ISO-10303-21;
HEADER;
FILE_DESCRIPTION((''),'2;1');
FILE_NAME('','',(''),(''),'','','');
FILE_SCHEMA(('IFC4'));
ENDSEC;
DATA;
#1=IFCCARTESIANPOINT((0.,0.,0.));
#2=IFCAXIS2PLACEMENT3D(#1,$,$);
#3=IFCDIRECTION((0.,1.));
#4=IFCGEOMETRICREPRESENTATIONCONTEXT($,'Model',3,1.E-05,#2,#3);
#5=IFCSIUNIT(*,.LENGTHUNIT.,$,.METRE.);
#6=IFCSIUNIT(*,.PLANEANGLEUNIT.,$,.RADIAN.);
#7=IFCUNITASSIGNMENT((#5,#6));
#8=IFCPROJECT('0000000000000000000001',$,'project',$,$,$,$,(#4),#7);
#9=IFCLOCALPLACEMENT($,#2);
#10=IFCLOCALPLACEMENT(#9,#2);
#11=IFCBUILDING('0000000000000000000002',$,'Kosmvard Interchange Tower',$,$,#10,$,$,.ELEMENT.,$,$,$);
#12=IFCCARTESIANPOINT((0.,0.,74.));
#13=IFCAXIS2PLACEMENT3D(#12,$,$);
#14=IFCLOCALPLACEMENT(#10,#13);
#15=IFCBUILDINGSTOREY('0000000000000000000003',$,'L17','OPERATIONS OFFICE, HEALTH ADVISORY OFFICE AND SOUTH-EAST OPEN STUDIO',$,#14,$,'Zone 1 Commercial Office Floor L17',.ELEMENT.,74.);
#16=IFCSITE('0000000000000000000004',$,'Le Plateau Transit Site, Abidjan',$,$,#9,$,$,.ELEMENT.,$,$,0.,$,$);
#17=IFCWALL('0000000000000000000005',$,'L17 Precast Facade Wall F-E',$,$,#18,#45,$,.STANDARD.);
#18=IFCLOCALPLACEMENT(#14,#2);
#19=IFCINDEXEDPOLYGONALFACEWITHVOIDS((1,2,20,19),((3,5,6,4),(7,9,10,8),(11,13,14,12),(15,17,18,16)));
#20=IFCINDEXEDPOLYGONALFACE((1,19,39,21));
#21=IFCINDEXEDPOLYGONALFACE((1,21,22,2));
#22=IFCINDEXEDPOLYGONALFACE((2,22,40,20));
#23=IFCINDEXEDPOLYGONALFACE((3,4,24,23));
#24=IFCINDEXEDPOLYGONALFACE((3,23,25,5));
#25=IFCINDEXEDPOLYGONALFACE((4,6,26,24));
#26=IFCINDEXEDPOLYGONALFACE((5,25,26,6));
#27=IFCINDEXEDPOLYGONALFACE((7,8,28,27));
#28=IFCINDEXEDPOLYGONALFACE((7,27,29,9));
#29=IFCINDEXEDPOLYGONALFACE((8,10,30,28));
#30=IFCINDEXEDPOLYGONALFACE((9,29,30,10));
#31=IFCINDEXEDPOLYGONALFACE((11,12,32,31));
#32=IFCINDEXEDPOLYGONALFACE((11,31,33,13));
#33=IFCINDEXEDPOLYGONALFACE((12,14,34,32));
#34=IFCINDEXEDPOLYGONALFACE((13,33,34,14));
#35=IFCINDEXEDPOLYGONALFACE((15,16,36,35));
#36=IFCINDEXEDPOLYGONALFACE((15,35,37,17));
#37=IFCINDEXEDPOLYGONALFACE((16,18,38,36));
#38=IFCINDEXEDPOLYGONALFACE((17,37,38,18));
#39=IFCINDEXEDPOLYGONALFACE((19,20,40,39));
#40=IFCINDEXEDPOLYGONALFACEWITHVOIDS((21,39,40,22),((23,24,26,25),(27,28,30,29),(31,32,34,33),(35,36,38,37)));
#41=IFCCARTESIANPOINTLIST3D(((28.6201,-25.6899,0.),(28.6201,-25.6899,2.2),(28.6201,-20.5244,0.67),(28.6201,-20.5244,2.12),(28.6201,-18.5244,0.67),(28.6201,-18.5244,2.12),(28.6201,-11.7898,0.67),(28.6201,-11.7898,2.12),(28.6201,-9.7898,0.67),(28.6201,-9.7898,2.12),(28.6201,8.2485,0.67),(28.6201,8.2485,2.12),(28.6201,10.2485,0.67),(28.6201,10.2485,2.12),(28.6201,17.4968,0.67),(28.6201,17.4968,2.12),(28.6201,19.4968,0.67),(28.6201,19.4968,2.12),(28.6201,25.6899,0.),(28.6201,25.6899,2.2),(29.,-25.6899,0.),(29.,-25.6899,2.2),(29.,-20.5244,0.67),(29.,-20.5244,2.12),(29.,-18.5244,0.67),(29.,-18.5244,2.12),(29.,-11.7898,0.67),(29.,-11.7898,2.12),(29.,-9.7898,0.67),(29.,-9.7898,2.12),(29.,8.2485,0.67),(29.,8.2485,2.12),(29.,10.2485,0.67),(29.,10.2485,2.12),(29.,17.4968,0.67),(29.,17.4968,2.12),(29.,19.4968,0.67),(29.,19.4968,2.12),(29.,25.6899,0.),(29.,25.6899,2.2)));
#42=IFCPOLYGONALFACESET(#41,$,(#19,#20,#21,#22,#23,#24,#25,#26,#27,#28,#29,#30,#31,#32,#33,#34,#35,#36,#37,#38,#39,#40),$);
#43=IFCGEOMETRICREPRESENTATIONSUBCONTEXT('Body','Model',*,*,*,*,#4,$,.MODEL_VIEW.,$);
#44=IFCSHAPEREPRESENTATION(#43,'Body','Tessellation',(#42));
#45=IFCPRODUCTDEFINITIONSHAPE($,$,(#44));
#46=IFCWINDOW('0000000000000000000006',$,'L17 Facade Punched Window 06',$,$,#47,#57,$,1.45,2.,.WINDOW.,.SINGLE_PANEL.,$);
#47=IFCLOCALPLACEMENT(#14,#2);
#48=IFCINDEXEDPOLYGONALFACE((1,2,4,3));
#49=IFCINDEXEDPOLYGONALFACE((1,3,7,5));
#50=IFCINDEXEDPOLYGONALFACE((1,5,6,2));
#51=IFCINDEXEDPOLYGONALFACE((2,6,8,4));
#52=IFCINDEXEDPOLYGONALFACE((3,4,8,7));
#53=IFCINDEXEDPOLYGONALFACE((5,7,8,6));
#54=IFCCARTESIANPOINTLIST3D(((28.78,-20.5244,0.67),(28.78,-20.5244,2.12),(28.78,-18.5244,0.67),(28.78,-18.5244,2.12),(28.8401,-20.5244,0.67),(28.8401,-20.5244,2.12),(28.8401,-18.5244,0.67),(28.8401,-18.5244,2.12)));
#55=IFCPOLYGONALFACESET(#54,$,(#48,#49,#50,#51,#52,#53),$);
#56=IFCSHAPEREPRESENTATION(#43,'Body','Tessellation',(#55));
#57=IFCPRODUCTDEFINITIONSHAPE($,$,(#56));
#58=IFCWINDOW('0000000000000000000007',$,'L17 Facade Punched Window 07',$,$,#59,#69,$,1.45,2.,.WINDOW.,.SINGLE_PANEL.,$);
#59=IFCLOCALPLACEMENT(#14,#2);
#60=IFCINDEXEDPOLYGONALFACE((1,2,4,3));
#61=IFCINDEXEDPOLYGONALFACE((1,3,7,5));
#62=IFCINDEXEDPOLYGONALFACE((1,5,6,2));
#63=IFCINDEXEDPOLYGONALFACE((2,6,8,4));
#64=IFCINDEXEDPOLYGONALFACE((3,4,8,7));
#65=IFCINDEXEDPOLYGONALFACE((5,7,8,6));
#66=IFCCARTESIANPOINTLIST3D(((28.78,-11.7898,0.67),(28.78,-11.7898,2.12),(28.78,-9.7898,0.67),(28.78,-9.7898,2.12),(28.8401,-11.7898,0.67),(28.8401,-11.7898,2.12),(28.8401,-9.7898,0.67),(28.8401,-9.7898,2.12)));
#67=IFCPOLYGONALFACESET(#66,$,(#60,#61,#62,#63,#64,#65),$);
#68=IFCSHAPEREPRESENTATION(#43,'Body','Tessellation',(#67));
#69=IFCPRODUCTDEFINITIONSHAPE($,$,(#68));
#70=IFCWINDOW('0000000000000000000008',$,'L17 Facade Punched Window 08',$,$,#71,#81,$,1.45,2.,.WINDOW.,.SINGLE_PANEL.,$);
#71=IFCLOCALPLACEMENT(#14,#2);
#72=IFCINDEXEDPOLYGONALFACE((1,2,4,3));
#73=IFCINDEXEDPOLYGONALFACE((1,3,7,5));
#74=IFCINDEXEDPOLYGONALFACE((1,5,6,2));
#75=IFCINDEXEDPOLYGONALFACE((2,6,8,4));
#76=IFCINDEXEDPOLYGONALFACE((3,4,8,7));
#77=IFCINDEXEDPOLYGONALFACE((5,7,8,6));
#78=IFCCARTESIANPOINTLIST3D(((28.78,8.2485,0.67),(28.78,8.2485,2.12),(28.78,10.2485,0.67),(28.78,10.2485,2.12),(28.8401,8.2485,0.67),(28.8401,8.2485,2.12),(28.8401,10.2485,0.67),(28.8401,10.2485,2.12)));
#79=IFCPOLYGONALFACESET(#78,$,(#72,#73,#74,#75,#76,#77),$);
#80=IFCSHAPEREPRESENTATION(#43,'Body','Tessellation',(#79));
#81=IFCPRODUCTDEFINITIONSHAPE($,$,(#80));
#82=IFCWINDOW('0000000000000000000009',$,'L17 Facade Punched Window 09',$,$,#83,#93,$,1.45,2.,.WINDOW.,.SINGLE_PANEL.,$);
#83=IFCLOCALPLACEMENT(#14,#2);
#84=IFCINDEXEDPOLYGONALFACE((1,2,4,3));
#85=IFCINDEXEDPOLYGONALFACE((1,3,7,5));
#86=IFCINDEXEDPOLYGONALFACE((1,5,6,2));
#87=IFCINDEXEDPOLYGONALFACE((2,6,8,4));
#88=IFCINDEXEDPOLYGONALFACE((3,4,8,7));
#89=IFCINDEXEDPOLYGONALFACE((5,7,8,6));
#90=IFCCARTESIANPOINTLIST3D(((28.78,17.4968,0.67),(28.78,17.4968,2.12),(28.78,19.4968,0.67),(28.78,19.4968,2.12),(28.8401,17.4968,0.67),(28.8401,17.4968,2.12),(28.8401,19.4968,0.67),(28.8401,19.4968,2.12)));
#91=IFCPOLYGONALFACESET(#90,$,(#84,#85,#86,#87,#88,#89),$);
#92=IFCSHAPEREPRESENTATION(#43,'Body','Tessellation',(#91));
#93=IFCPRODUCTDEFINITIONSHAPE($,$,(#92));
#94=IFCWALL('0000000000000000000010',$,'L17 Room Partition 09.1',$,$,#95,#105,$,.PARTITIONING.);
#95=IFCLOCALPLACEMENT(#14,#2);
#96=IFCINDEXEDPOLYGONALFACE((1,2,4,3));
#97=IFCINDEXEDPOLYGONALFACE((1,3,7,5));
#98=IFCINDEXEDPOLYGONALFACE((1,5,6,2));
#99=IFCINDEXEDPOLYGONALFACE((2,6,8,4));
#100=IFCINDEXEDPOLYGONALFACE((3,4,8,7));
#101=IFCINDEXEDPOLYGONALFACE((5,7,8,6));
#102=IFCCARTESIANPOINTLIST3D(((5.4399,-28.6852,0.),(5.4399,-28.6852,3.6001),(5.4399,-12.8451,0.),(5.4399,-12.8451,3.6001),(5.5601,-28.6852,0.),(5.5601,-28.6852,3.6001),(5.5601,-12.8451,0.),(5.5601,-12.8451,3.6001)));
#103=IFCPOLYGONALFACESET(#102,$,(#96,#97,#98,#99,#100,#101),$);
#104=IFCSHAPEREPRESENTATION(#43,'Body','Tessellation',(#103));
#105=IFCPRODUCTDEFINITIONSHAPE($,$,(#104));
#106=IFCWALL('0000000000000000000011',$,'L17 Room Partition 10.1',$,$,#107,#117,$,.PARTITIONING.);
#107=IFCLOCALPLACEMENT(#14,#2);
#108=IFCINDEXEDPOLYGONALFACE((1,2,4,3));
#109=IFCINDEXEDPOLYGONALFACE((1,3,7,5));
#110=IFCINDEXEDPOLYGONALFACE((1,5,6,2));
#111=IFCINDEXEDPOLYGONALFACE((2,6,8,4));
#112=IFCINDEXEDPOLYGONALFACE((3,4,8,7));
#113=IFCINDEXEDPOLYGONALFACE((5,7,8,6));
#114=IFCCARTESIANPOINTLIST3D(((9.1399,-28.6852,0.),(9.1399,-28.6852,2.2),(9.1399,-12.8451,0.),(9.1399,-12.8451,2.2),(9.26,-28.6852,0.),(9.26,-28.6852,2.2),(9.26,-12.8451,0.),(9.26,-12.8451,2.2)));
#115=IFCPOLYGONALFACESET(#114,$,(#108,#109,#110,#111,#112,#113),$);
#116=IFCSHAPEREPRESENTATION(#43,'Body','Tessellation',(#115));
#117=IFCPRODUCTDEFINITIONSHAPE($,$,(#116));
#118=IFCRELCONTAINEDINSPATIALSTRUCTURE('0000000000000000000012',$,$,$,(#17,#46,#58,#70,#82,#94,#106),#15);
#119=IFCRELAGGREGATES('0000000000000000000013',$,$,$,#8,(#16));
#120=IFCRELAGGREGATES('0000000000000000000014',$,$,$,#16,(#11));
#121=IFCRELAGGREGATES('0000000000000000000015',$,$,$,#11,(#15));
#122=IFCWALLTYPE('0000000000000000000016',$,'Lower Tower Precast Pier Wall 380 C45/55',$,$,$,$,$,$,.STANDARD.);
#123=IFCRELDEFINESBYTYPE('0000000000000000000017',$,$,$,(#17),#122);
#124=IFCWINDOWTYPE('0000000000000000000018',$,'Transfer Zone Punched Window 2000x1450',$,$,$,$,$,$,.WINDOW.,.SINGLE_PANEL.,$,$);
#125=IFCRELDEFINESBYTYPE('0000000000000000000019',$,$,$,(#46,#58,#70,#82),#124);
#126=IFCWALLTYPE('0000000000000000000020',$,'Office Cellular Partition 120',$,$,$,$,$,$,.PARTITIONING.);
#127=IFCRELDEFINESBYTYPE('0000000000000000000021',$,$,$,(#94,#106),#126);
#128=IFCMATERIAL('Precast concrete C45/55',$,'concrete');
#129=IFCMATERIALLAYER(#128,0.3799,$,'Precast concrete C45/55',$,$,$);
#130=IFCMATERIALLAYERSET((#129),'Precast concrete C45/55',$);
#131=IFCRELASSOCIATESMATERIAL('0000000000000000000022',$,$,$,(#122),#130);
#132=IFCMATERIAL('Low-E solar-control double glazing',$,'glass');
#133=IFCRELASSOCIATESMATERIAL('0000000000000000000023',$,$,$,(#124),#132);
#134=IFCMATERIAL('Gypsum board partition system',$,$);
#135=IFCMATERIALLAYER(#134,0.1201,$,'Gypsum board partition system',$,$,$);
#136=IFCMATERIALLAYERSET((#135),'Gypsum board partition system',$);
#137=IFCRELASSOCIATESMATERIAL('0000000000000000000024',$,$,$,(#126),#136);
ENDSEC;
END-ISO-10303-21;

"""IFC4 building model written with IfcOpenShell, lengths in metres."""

from ifc_helpers import new_model, si_unit, direction, frame, frame_2d, origin, place, context, subcontext, project, spatial, rectangle, extrude, source, transform, mapped, material, layer, layer_set, type_object, element, fill, save


model = new_model("IFC4")

# Units and contexts
model_context = context("Model", 3, precision=1e-05, world=origin(), true_north=direction((0.0, 1.0)))
body_context = subcontext(model_context, "Body", "Model", "MODEL_VIEW")
ifc_project = project(units=[si_unit("LENGTHUNIT", "METRE"), si_unit("PLANEANGLEUNIT", "RADIAN")], contexts=[model_context])

# Site, building, storey
site_placement = place(None, origin())
site = spatial("IfcSite", under=ifc_project, at=site_placement, Name="Le Plateau Transit Site, Abidjan", CompositionType="ELEMENT", RefElevation=0.0)
building_placement = place(site_placement, origin())
building = spatial("IfcBuilding", under=site, at=building_placement, Name="Kosmvard Interchange Tower", CompositionType="ELEMENT")
storey_placement = place(building_placement, frame((0.0, 0.0, 74.0)))
storey = spatial("IfcBuildingStorey", under=building, at=storey_placement, Name="L17", Description="OPERATIONS OFFICE, HEALTH ADVISORY OFFICE AND SOUTH-EAST OPEN STUDIO", LongName="Zone 1 Commercial Office Floor L17", CompositionType="ELEMENT", Elevation=74.0)

# Shared definitions
ifc_material_1 = material(Name="Precast concrete C45/55", Category="concrete")

# Shared definitions
ifc_layer_1 = layer(ifc_material_1, 0.3799, Name="Precast concrete C45/55")
ifc_layer_set_1 = layer_set([ifc_layer_1], Name="Precast concrete C45/55")
wall_type_1 = type_object("IfcWallType", Name="Lower Tower Precast Pier Wall 380 C45/55", PredefinedType="STANDARD", material=ifc_layer_set_1)

# Wall, openings, windows
wall_1_placement = place(storey_placement, frame((28.8101, -25.6899, 0.0), z_axis=(0.0, 0.0, 1.0), x_axis=(0.0, 1.0, 0.0)))
wall_1 = element("IfcWall", 1, at=wall_1_placement, inside=storey, type_object=wall_type_1, Name="L17 Precast Facade Wall F-E", PredefinedType="STANDARD", context=body_context, shape_type="SweptSolid", body=[
    extrude(rectangle(XDim=51.3799, YDim=0.3799, at=frame_2d((25.6899, 0.0))), origin(), (0.0, 0.0, 1.0), 2.2),
])
opening_1_placement = place(wall_1_placement, frame((5.1655, 0.0, 0.6699)))
opening_1 = element("IfcOpeningElement", 2, at=opening_1_placement, cuts=wall_1, PredefinedType="OPENING", context=body_context, shape_type="SweptSolid", body=[
    extrude(rectangle(XDim=2.0, YDim=1.45, at=frame_2d((1.0, 0.7251))), frame((0.0, 0.2, 0.0), z_axis=(0.0, -1.0, 0.0), x_axis=(1.0, 0.0, 0.0)), (0.0, 0.0, 1.0), 0.3999),
])
opening_2_placement = place(wall_1_placement, frame((13.9001, 0.0, 0.6699)))
opening_2 = element("IfcOpeningElement", 3, at=opening_2_placement, cuts=wall_1, PredefinedType="OPENING", context=body_context, shape_type="SweptSolid", body=[
    extrude(rectangle(XDim=2.0, YDim=1.45, at=frame_2d((1.0, 0.7251))), frame((0.0, 0.2, 0.0), z_axis=(0.0, -1.0, 0.0), x_axis=(1.0, 0.0, 0.0)), (0.0, 0.0, 1.0), 0.3999),
])
opening_3_placement = place(wall_1_placement, frame((33.9385, 0.0, 0.6699)))
opening_3 = element("IfcOpeningElement", 4, at=opening_3_placement, cuts=wall_1, PredefinedType="OPENING", context=body_context, shape_type="SweptSolid", body=[
    extrude(rectangle(XDim=2.0, YDim=1.45, at=frame_2d((1.0, 0.7251))), frame((0.0, 0.2, 0.0), z_axis=(0.0, -1.0, 0.0), x_axis=(1.0, 0.0, 0.0)), (0.0, 0.0, 1.0), 0.3999),
])
opening_4_placement = place(wall_1_placement, frame((43.1868, 0.0, 0.6699)))
opening_4 = element("IfcOpeningElement", 5, at=opening_4_placement, cuts=wall_1, PredefinedType="OPENING", context=body_context, shape_type="SweptSolid", body=[
    extrude(rectangle(XDim=2.0, YDim=1.45, at=frame_2d((1.0, 0.7251))), frame((0.0, 0.2, 0.0), z_axis=(0.0, -1.0, 0.0), x_axis=(1.0, 0.0, 0.0)), (0.0, 0.0, 1.0), 0.3999),
])
ifc_material_2 = material(Name="Low-E solar-control double glazing", Category="glass")
window_type = type_object("IfcWindowType", Name="Transfer Zone Punched Window 2000x1450", PartitioningType="SINGLE_PANEL", PredefinedType="WINDOW", material=ifc_material_2)
shared_shape_1 = source(origin(), body_context, "Body", "SweptSolid", [
    extrude(rectangle(XDim=2.0, YDim=1.45, at=frame_2d((1.0, 0.7251))), frame((0.0, 0.03, 0.0), z_axis=(0.0, -1.0, 0.0), x_axis=(1.0, 0.0, 0.0)), (0.0, 0.0, 1.0), 0.0601),
])
window_1_placement = place(opening_1_placement, origin())
window_1 = element("IfcWindow", 6, at=window_1_placement, inside=storey, type_object=window_type, Name="L17 Facade Punched Window 06", OverallHeight=1.45, OverallWidth=2.0, PartitioningType="SINGLE_PANEL", PredefinedType="WINDOW", context=body_context, shape_type="MappedRepresentation", body=[
    mapped(shared_shape_1, transform((0.0, 0.0, 0.0), scale=1.0)),
])
fill(opening_1, window_1)
window_2_placement = place(opening_2_placement, origin())
window_2 = element("IfcWindow", 7, at=window_2_placement, inside=storey, type_object=window_type, Name="L17 Facade Punched Window 07", OverallHeight=1.45, OverallWidth=2.0, PartitioningType="SINGLE_PANEL", PredefinedType="WINDOW", context=body_context, shape_type="MappedRepresentation", body=[
    mapped(shared_shape_1, transform((0.0, 0.0, 0.0), scale=1.0)),
])
fill(opening_2, window_2)
window_3_placement = place(opening_3_placement, origin())
window_3 = element("IfcWindow", 8, at=window_3_placement, inside=storey, type_object=window_type, Name="L17 Facade Punched Window 08", OverallHeight=1.45, OverallWidth=2.0, PartitioningType="SINGLE_PANEL", PredefinedType="WINDOW", context=body_context, shape_type="MappedRepresentation", body=[
    mapped(shared_shape_1, transform((0.0, 0.0, 0.0), scale=1.0)),
])
fill(opening_3, window_3)
window_4_placement = place(opening_4_placement, origin())
window_4 = element("IfcWindow", 9, at=window_4_placement, inside=storey, type_object=window_type, Name="L17 Facade Punched Window 09", OverallHeight=1.45, OverallWidth=2.0, PartitioningType="SINGLE_PANEL", PredefinedType="WINDOW", context=body_context, shape_type="MappedRepresentation", body=[
    mapped(shared_shape_1, transform((0.0, 0.0, 0.0), scale=1.0)),
])
fill(opening_4, window_4)

# Walls
ifc_material_3 = material(Name="Gypsum board partition system")
ifc_layer_2 = layer(ifc_material_3, 0.1201, Name="Gypsum board partition system")
ifc_layer_set_2 = layer_set([ifc_layer_2], Name="Gypsum board partition system")
wall_type_2 = type_object("IfcWallType", Name="Office Cellular Partition 120", PredefinedType="PARTITIONING", material=ifc_layer_set_2)
wall_2_placement = place(storey_placement, frame((5.5, -28.6851, 0.0), z_axis=(0.0, 0.0, 1.0), x_axis=(0.0, 1.0, 0.0)))
element("IfcWall", 10, at=wall_2_placement, inside=storey, type_object=wall_type_2, Name="L17 Room Partition 09.1", PredefinedType="PARTITIONING", context=body_context, shape_type="SweptSolid", body=[
    extrude(rectangle(XDim=15.8401, YDim=0.1201, at=frame_2d((7.9199, 0.0))), origin(), (0.0, 0.0, 1.0), 3.6001),
])
wall_3_placement = place(storey_placement, frame((9.2, -28.6851, 0.0), z_axis=(0.0, 0.0, 1.0), x_axis=(0.0, 1.0, 0.0)))
element("IfcWall", 11, at=wall_3_placement, inside=storey, type_object=wall_type_2, Name="L17 Room Partition 10.1", PredefinedType="PARTITIONING", context=body_context, shape_type="SweptSolid", body=[
    extrude(rectangle(XDim=15.8401, YDim=0.1201, at=frame_2d((7.9199, 0.0))), origin(), (0.0, 0.0, 1.0), 2.2),
])

save(model, "model.ifc")
